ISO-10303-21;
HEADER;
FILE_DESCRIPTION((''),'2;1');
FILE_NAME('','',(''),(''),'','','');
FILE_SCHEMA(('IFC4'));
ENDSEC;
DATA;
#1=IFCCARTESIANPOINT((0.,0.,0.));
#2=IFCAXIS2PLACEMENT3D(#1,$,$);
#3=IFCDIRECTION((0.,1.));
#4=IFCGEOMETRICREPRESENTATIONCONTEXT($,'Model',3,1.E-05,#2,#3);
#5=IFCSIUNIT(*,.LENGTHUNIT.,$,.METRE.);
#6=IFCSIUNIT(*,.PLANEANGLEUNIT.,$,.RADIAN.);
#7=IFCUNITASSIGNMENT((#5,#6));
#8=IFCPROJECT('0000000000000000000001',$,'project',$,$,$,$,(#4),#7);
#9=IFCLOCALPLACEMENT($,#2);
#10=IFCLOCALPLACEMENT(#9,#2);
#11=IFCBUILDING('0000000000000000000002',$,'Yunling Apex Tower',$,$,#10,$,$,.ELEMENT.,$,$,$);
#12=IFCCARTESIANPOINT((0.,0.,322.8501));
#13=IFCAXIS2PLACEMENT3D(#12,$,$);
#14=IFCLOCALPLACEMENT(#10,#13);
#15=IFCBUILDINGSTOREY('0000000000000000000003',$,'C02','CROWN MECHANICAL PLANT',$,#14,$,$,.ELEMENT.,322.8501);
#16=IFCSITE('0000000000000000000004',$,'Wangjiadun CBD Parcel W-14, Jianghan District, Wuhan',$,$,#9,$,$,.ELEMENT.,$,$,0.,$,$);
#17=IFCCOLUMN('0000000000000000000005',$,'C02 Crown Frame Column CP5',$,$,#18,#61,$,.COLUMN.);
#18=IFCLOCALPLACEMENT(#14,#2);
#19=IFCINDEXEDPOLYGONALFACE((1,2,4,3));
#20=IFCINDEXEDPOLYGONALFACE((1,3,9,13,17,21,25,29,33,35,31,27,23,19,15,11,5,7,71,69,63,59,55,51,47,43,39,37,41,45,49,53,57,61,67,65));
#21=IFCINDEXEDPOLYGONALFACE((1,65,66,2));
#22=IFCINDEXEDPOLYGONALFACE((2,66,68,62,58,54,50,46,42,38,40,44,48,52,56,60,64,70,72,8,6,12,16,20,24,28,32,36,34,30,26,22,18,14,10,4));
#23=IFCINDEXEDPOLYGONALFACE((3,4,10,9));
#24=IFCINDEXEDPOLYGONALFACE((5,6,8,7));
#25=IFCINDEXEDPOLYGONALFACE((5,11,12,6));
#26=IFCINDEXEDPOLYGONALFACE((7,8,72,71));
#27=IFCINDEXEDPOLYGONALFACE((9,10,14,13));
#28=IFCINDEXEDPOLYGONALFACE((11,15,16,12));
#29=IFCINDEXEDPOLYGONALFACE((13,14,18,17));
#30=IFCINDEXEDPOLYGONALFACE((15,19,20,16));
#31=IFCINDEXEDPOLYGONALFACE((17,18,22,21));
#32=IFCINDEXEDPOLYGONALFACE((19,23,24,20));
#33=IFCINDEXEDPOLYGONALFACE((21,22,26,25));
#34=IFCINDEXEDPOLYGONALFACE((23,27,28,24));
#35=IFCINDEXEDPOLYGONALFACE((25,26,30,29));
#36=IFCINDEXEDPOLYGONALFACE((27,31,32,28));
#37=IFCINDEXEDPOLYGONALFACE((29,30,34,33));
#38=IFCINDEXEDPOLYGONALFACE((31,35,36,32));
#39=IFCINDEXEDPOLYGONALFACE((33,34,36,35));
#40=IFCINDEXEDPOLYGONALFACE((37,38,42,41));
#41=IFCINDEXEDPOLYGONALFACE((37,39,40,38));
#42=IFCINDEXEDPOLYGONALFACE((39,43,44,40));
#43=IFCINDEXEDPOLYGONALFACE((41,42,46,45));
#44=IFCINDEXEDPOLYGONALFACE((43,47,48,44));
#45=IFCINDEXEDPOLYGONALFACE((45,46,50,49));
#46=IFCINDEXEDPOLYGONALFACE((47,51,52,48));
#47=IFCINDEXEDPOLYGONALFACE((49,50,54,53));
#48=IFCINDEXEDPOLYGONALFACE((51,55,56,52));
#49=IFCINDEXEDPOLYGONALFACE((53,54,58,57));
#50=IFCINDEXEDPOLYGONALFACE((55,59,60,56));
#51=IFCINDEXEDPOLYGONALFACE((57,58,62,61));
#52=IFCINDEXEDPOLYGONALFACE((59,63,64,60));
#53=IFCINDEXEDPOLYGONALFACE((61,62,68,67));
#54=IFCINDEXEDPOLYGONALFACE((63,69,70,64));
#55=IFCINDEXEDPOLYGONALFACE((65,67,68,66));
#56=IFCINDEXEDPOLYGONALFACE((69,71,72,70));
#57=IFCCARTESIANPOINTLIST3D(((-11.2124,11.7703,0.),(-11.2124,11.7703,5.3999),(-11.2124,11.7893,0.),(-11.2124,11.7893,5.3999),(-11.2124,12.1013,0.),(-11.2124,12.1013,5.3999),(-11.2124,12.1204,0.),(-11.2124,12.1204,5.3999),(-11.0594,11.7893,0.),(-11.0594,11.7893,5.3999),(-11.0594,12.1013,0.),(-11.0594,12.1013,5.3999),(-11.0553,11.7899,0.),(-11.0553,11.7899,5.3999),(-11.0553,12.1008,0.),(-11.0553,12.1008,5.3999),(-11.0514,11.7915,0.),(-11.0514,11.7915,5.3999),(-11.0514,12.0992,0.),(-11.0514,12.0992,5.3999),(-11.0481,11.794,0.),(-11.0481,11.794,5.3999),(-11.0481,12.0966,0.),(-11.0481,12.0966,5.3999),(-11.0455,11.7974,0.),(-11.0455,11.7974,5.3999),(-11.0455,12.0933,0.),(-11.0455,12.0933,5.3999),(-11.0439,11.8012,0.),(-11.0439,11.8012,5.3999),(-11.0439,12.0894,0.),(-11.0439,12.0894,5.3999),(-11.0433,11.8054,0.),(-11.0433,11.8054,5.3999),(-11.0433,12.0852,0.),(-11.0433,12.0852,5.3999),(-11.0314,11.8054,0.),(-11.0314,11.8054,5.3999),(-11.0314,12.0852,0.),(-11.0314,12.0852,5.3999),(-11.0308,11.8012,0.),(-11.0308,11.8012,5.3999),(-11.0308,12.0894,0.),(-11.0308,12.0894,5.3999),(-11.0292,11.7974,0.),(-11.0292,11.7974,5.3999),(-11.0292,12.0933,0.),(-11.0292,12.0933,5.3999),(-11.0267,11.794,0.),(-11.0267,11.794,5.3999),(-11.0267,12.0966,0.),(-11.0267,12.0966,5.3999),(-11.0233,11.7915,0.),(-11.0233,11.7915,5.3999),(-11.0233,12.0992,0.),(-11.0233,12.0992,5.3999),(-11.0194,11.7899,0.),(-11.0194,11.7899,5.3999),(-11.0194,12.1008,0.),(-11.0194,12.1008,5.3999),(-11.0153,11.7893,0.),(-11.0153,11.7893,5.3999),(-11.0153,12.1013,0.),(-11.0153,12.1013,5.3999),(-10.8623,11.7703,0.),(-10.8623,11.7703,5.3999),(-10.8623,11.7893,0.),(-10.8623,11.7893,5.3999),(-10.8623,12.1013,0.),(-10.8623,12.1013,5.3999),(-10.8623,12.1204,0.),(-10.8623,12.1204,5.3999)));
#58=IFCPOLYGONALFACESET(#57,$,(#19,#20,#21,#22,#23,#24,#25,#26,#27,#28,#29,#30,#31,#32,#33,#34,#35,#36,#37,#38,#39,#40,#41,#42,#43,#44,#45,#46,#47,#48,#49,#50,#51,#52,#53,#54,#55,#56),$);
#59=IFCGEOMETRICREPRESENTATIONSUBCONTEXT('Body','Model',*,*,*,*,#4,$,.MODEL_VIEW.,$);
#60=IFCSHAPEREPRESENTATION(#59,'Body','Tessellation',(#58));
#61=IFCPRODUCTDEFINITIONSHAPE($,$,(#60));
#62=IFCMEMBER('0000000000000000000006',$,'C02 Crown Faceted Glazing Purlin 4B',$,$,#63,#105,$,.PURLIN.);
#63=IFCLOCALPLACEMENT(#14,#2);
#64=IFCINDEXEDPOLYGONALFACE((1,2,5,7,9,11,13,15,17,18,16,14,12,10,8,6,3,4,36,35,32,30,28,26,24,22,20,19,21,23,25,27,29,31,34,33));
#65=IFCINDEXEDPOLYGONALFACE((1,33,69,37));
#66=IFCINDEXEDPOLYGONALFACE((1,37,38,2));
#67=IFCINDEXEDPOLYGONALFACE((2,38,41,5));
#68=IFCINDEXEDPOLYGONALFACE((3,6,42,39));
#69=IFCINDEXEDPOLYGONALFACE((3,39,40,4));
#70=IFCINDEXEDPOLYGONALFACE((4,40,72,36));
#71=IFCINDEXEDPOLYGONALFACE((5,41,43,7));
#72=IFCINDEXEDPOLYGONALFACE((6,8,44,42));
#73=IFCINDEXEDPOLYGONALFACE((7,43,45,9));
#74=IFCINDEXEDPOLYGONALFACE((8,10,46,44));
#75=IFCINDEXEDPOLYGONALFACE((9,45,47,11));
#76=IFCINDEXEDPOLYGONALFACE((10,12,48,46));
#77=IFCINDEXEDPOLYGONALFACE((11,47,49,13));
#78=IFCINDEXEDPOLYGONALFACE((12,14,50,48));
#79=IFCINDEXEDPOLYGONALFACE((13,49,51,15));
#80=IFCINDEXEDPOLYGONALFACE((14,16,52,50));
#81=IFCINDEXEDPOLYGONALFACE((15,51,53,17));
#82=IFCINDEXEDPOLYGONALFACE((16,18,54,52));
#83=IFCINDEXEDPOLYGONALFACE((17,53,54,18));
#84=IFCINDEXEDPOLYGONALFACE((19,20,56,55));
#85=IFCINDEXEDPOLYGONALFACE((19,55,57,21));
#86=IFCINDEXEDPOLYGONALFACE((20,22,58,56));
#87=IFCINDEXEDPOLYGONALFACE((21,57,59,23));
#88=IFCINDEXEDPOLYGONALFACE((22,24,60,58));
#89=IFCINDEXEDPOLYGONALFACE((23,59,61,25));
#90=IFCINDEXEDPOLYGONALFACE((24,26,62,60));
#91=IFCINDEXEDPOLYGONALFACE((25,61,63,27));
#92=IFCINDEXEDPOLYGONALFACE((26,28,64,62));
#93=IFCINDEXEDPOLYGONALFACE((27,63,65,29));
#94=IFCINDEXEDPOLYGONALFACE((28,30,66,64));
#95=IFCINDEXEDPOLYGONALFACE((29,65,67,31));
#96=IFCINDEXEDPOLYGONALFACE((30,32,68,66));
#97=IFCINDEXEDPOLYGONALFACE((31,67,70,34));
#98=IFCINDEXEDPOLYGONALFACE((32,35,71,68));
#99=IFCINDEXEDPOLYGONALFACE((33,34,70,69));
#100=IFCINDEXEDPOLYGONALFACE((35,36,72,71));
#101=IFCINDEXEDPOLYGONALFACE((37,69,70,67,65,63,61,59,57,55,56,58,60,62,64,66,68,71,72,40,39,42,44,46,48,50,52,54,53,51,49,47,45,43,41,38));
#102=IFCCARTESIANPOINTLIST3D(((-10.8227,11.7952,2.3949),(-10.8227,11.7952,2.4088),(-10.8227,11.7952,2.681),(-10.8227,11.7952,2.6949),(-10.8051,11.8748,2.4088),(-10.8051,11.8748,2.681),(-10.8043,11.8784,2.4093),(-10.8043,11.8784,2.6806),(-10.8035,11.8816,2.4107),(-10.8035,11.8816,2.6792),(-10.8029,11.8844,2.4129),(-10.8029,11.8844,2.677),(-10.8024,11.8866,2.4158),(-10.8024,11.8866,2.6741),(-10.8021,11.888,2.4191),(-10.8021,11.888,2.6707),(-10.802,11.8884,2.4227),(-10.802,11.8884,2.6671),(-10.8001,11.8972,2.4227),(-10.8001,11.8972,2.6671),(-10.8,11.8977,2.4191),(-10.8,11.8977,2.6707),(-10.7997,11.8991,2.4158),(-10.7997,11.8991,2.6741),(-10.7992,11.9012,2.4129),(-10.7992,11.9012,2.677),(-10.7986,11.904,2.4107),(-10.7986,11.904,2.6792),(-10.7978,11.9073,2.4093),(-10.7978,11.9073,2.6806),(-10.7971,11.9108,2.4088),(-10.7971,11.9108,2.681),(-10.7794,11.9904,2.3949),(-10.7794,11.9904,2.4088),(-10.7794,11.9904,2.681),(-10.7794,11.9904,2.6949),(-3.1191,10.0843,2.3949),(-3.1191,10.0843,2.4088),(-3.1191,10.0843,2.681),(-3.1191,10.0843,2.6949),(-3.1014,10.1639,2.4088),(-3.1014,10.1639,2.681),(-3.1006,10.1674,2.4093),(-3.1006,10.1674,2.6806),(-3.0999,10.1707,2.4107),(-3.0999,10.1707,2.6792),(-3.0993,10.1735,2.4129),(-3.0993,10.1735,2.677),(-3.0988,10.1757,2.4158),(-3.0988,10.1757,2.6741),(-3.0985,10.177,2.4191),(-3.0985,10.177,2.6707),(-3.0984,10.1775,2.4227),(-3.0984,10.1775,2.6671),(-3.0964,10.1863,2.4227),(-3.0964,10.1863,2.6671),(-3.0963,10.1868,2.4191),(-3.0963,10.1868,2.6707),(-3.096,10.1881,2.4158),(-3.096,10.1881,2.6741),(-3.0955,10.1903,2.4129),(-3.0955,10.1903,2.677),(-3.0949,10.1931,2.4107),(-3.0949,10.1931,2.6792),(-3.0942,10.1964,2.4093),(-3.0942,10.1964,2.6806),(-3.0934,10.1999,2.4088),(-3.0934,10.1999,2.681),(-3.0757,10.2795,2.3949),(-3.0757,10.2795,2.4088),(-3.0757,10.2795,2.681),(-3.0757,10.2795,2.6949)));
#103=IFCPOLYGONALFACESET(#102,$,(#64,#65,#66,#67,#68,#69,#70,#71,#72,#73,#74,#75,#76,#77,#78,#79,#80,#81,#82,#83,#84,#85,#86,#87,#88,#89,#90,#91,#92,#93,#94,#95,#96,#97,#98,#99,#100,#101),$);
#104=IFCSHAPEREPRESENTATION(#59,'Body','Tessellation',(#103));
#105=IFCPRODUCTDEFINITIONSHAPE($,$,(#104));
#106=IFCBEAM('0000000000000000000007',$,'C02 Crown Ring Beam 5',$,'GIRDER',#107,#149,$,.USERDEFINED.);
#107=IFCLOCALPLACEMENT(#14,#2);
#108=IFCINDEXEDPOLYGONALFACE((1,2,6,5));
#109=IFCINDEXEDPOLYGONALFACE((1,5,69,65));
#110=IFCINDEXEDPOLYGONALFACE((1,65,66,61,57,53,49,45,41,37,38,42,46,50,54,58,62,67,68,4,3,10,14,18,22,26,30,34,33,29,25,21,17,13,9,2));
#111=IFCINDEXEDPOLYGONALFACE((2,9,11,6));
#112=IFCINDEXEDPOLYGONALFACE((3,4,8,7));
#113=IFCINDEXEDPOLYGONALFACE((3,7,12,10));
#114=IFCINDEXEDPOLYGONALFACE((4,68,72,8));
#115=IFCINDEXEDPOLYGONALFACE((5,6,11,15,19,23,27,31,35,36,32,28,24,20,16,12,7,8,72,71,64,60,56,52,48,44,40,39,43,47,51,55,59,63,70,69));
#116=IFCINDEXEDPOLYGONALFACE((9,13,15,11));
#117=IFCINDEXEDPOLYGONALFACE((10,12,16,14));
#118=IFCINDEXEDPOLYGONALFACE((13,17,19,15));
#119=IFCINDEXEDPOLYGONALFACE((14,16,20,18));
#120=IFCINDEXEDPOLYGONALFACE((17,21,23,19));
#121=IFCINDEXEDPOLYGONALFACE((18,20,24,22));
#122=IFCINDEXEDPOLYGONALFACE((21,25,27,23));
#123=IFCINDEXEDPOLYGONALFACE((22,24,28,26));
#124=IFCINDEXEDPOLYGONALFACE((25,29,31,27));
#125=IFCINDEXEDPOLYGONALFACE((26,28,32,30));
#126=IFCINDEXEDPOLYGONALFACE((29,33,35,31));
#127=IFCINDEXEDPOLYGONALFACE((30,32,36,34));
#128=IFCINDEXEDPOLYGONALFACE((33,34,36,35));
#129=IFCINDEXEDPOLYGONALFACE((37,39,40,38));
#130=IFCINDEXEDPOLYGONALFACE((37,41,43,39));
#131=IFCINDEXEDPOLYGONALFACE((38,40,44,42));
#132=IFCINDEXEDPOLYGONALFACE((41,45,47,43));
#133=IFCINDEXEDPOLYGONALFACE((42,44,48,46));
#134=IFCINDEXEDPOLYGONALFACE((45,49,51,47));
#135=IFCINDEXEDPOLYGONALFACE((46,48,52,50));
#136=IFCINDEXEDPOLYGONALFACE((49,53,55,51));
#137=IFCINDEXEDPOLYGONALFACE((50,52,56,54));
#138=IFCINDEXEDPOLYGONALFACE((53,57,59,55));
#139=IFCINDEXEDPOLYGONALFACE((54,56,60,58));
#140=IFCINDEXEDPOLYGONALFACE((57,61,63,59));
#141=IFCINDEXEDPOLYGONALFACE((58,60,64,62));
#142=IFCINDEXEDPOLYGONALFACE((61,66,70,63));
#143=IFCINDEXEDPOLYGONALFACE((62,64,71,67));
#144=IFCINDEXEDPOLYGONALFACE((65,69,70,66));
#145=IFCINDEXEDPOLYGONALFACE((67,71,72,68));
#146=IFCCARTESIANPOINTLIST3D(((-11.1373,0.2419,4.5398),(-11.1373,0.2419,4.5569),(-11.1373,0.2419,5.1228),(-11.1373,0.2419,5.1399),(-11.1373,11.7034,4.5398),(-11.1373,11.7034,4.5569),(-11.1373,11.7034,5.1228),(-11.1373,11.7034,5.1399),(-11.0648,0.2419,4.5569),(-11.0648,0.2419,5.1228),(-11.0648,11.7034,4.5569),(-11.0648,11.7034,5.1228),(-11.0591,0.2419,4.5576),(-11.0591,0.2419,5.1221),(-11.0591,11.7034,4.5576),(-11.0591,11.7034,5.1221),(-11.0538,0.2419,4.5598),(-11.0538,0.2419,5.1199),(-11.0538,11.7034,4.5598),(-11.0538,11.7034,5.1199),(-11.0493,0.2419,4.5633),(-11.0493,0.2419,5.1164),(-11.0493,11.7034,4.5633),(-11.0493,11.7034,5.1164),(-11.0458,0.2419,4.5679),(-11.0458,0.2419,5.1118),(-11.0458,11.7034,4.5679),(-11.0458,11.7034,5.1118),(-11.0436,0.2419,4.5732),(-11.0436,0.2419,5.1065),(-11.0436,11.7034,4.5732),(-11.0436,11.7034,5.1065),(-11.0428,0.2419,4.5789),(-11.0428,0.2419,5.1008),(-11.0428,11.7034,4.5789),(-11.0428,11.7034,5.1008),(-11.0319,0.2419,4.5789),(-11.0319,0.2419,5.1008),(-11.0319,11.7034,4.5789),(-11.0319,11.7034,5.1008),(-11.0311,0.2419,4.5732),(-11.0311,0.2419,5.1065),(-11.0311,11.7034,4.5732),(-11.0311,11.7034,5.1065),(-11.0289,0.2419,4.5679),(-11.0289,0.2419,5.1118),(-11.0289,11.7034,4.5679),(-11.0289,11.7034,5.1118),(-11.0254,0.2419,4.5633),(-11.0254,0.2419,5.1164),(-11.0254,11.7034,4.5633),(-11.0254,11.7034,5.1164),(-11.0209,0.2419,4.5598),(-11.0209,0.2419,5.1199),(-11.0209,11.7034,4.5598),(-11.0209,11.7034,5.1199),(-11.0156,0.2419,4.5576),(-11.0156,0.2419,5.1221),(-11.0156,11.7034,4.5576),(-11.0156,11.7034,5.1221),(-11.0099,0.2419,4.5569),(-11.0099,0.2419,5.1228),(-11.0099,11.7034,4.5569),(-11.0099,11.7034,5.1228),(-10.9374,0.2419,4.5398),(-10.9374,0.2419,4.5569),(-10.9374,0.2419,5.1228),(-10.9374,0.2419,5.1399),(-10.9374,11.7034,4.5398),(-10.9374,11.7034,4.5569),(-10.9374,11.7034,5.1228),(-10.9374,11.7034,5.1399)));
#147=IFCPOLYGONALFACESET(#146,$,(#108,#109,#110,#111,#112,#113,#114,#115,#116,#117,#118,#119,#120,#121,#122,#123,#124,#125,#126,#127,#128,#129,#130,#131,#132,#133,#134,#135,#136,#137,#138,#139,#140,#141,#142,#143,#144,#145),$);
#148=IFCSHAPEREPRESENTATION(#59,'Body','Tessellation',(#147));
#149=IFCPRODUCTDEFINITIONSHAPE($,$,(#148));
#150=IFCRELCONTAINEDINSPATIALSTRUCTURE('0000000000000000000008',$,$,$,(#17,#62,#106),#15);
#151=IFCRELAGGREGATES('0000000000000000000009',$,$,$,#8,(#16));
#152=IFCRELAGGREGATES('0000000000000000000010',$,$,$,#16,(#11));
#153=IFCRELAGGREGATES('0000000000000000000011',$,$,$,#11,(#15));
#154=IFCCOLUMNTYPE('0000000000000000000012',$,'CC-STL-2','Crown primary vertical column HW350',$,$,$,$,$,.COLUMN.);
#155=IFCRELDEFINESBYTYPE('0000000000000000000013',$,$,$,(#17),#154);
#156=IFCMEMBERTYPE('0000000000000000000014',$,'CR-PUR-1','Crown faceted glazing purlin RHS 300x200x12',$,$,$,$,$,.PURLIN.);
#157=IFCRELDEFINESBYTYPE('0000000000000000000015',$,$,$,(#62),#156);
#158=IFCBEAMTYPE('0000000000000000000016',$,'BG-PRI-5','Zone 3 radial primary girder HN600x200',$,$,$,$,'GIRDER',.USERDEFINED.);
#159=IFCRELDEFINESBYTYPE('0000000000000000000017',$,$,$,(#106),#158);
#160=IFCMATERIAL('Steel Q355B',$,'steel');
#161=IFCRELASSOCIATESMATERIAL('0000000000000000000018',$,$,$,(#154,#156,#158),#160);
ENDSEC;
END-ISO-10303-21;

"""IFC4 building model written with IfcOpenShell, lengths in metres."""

from ifc_helpers import new_model, si_unit, direction, frame, origin, origin_2d, place, context, subcontext, project, spatial, i_section, extrude, source, transform, mapped, material, material_profile, profile_set, type_object, element, save


model = new_model("IFC4")

# Units and contexts
model_context = context("Model", 3, precision=1e-05, world=origin(), true_north=direction((0.0, 1.0)))
body_context = subcontext(model_context, "Body", "Model", "MODEL_VIEW")
ifc_project = project(units=[si_unit("LENGTHUNIT", "METRE"), si_unit("PLANEANGLEUNIT", "RADIAN")], contexts=[model_context])

# Site, building, storey
site_placement = place(None, origin())
site = spatial("IfcSite", under=ifc_project, at=site_placement, Name="Wangjiadun CBD Parcel W-14, Jianghan District, Wuhan", CompositionType="ELEMENT", RefElevation=0.0)
building_placement = place(site_placement, origin())
building = spatial("IfcBuilding", under=site, at=building_placement, Name="Yunling Apex Tower", CompositionType="ELEMENT")
storey_placement = place(building_placement, frame((0.0, 0.0, 322.8501)))
storey = spatial("IfcBuildingStorey", under=building, at=storey_placement, Name="C02", Description="CROWN MECHANICAL PLANT", CompositionType="ELEMENT", Elevation=322.8501)

# Column
ifc_material_1 = material(Name="Steel Q355B", Category="steel")
ifc_material_profile_1 = material_profile(ifc_material_1, i_section(OverallWidth=0.3501, OverallDepth=0.3501, WebThickness=0.012, FlangeThickness=0.019, FilletRadius=0.0161, at=origin_2d()))
ifc_profile_set_1 = profile_set([ifc_material_profile_1], Name="Steel Q355B")
column_type = type_object("IfcColumnType", Name="CC-STL-2", Description="Crown primary vertical column HW350", PredefinedType="COLUMN", material=ifc_profile_set_1)
shared_shape_1 = source(origin(), body_context, "Body", "SweptSolid", [
    extrude(i_section(OverallWidth=0.3501, OverallDepth=0.3501, WebThickness=0.012, FlangeThickness=0.019, FilletRadius=0.0161, at=origin_2d()), origin(), (0.0, 0.0, 1.0), 5.3999),
])
column_placement = place(storey_placement, frame((-11.0374, 11.9453, 0.0), z_axis=(0.0, 0.0, 1.0), x_axis=(1.0, 0.0, 0.0)))
element("IfcColumn", 1, at=column_placement, inside=storey, type_object=column_type, Name="C02 Crown Frame Column CP5", PredefinedType="COLUMN", context=body_context, shape_type="MappedRepresentation", body=[
    mapped(shared_shape_1, transform((0.0, 0.0, 0.0), scale=1.0)),
])

# Member
ifc_material_profile_2 = material_profile(ifc_material_1, i_section(OverallWidth=0.2, OverallDepth=0.3, WebThickness=0.009, FlangeThickness=0.0139, FilletRadius=0.0139, at=origin_2d()))
ifc_profile_set_2 = profile_set([ifc_material_profile_2], Name="Steel Q355B")
member_type_1 = type_object("IfcMemberType", Name="CR-PUR-1", Description="Crown faceted glazing purlin RHS 300x200x12", PredefinedType="PURLIN", material=ifc_profile_set_2)
shared_shape_2 = source(origin(), body_context, "Body", "SweptSolid", [
    extrude(i_section(OverallWidth=0.2, OverallDepth=0.3, WebThickness=0.009, FlangeThickness=0.0139, FilletRadius=0.0139, at=origin_2d()), origin(), (0.0, 0.0, 1.0), 7.8914),
])
member_1_placement = place(storey_placement, frame((-3.0974, 10.1819, 2.5449), z_axis=(-0.976213, 0.216813, 0.0), x_axis=(-0.216813, -0.976213, 0.0)))
element("IfcMember", 2, at=member_1_placement, inside=storey, type_object=member_type_1, Name="C02 Crown Faceted Glazing Purlin 4B", PredefinedType="PURLIN", context=body_context, shape_type="MappedRepresentation", body=[
    mapped(shared_shape_2, transform((0.0, 0.0, 0.0), scale=1.0)),
])

# Beam
ifc_material_profile_3 = material_profile(ifc_material_1, i_section(OverallWidth=0.2, OverallDepth=0.6001, WebThickness=0.011, FlangeThickness=0.0171, FilletRadius=0.022, at=origin_2d()))
ifc_profile_set_3 = profile_set([ifc_material_profile_3], Name="Steel Q355B")
beam_type = type_object("IfcBeamType", Name="BG-PRI-5", Description="Zone 3 radial primary girder HN600x200", ElementType="GIRDER", PredefinedType="USERDEFINED", material=ifc_profile_set_3)
shared_shape_3 = source(origin(), body_context, "Body", "SweptSolid", [
    extrude(i_section(OverallWidth=0.2, OverallDepth=0.6001, WebThickness=0.011, FlangeThickness=0.0171, FilletRadius=0.022, at=origin_2d()), origin(), (0.0, 0.0, 1.0), 11.4614),
])
beam_placement = place(storey_placement, frame((-11.0374, 11.7034, 4.8398), z_axis=(0.0, -1.0, 0.0), x_axis=(1.0, 0.0, 0.0)))
element("IfcBeam", 3, at=beam_placement, inside=storey, type_object=beam_type, Name="C02 Crown Ring Beam 5", ObjectType="GIRDER", PredefinedType="USERDEFINED", context=body_context, shape_type="MappedRepresentation", body=[
    mapped(shared_shape_3, transform((0.0, 0.0, 0.0), scale=1.0)),
])

save(model, "model.ifc")
